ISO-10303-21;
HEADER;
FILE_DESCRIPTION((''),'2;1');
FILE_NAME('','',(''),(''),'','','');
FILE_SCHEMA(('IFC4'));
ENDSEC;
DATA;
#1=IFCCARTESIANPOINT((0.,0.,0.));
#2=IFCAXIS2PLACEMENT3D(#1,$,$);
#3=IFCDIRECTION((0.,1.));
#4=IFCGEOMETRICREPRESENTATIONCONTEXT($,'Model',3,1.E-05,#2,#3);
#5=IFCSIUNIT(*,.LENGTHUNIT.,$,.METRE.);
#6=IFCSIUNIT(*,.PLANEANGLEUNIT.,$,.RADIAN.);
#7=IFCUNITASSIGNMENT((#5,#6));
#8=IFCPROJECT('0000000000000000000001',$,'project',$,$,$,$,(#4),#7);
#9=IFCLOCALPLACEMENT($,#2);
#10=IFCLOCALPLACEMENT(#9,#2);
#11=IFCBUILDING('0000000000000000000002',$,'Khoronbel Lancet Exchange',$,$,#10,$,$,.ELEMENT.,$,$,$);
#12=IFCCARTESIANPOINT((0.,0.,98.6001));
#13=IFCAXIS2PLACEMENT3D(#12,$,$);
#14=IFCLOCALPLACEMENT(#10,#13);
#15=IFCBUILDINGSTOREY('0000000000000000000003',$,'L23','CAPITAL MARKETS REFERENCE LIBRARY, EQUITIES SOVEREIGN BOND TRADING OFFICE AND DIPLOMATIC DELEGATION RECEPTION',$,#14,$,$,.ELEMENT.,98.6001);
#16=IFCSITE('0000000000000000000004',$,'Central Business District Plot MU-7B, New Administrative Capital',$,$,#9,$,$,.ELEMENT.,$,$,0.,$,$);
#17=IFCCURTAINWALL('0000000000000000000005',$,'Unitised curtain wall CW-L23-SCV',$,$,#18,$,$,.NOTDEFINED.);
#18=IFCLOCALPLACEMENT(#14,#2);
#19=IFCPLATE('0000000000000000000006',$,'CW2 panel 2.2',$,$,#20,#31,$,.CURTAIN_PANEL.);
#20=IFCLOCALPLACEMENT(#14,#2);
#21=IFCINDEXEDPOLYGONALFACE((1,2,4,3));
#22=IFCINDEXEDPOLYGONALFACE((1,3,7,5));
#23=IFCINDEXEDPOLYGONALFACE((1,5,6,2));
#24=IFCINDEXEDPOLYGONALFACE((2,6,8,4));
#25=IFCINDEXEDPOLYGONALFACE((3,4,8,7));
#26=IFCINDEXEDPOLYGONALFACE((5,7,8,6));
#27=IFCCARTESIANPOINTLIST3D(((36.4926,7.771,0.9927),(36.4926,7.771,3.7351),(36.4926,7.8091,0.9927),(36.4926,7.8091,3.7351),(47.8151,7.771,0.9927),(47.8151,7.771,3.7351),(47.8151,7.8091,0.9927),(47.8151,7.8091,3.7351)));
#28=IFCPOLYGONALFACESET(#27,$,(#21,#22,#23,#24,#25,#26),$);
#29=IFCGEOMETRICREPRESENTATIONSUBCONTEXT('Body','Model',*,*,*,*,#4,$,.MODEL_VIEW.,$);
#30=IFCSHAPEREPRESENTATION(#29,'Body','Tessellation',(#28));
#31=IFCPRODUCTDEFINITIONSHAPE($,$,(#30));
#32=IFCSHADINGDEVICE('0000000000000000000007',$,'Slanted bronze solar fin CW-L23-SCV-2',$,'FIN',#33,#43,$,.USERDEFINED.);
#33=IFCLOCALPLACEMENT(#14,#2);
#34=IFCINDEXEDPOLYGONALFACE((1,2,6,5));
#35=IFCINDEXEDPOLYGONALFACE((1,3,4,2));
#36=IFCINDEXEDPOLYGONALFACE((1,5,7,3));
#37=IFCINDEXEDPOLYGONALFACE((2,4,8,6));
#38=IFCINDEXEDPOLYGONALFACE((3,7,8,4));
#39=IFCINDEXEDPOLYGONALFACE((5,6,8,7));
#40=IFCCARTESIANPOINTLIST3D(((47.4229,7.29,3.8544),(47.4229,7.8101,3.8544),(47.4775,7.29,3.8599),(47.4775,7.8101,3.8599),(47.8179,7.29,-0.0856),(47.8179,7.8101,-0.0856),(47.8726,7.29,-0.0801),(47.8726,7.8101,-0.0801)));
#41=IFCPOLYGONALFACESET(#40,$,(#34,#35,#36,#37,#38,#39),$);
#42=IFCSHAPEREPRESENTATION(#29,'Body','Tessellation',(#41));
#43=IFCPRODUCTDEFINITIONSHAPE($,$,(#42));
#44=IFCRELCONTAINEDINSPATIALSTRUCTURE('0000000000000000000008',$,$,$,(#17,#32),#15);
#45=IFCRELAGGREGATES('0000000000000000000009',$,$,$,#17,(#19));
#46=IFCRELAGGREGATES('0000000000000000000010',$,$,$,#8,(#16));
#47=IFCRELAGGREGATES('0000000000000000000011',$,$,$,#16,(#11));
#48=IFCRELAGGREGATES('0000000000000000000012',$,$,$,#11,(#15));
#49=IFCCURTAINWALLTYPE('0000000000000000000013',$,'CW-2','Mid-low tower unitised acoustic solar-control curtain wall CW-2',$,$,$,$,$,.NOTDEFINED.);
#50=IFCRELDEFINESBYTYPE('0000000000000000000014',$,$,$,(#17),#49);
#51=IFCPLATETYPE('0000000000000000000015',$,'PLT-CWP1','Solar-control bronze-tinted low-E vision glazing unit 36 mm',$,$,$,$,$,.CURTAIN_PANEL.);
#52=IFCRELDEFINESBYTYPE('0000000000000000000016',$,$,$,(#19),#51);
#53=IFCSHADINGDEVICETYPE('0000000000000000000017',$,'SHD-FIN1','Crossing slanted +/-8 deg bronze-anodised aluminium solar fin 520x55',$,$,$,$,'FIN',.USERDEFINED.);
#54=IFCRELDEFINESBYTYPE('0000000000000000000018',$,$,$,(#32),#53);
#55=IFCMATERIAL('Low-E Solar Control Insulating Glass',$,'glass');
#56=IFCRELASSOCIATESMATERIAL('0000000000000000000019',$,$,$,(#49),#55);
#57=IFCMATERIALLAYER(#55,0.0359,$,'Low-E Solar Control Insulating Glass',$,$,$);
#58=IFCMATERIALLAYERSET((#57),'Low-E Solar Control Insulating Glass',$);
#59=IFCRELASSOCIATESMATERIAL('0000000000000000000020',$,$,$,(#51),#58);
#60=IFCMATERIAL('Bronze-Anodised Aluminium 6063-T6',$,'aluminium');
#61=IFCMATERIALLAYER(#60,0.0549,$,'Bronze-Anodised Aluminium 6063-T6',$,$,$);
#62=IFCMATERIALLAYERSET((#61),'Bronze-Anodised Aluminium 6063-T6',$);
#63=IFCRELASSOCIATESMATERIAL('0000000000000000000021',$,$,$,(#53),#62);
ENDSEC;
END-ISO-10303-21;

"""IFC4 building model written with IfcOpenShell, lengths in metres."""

from ifc_helpers import new_model, si_unit, direction, frame, origin, origin_2d, place, context, subcontext, project, spatial, polyline, rectangle, outline, extrude, material, layer, layer_set, type_object, element, aggregate, save


model = new_model("IFC4")

# Units and contexts
model_context = context("Model", 3, precision=1e-05, world=origin(), true_north=direction((0.0, 1.0)))
body_context = subcontext(model_context, "Body", "Model", "MODEL_VIEW")
ifc_project = project(units=[si_unit("LENGTHUNIT", "METRE"), si_unit("PLANEANGLEUNIT", "RADIAN")], contexts=[model_context])

# Site, building, storey
site_placement = place(None, origin())
site = spatial("IfcSite", under=ifc_project, at=site_placement, Name="Central Business District Plot MU-7B, New Administrative Capital", CompositionType="ELEMENT", RefElevation=0.0)
building_placement = place(site_placement, origin())
building = spatial("IfcBuilding", under=site, at=building_placement, Name="Khoronbel Lancet Exchange", CompositionType="ELEMENT")
storey_placement = place(building_placement, frame((0.0, 0.0, 98.6001)))
storey = spatial("IfcBuildingStorey", under=building, at=storey_placement, Name="L23", Description="CAPITAL MARKETS REFERENCE LIBRARY, EQUITIES SOVEREIGN BOND TRADING OFFICE AND DIPLOMATIC DELEGATION RECEPTION", CompositionType="ELEMENT", Elevation=98.6001)

# Curtain wall
ifc_material_1 = material(Name="Low-E Solar Control Insulating Glass", Category="glass")
curtain_wall_type = type_object("IfcCurtainWallType", Name="CW-2", Description="Mid-low tower unitised acoustic solar-control curtain wall CW-2", PredefinedType="NOTDEFINED", material=ifc_material_1)
curtain_wall_1_placement = place(storey_placement, origin())
curtain_wall_1 = element("IfcCurtainWall", 1, at=curtain_wall_1_placement, inside=storey, type_object=curtain_wall_type, Name="Unitised curtain wall CW-L23-SCV", PredefinedType="NOTDEFINED")
ifc_material_2 = material(Name="Bronze-Anodised Aluminium 6063-T6", Category="aluminium")

# Plate
ifc_layer_1 = layer(ifc_material_1, 0.0359, Name="Low-E Solar Control Insulating Glass")
ifc_layer_set_1 = layer_set([ifc_layer_1], Name="Low-E Solar Control Insulating Glass")
plate_type_1 = type_object("IfcPlateType", Name="PLT-CWP1", Description="Solar-control bronze-tinted low-E vision glazing unit 36 mm", PredefinedType="CURTAIN_PANEL", material=ifc_layer_set_1)
plate_1_placement = place(storey_placement, frame((42.1538, 7.79, 0.9927), z_axis=(0.0, 0.0, 1.0), x_axis=(1.0, 0.0, 0.0)))
plate_1 = element("IfcPlate", 2, at=plate_1_placement, type_object=plate_type_1, Name="CW2 panel 2.2", PredefinedType="CURTAIN_PANEL", context=body_context, shape_type="SweptSolid", body=[
    extrude(rectangle(XDim=11.3225, YDim=0.0381, at=origin_2d()), origin(), (0.0, 0.0, 1.0), 2.7424),
])
aggregate(curtain_wall_1, [plate_1])

# Shading device
ifc_layer_2 = layer(ifc_material_2, 0.0549, Name="Bronze-Anodised Aluminium 6063-T6")
ifc_layer_set_2 = layer_set([ifc_layer_2], Name="Bronze-Anodised Aluminium 6063-T6")
shading_device_type = type_object("IfcShadingDeviceType", Name="SHD-FIN1", Description="Crossing slanted +/-8 deg bronze-anodised aluminium solar fin 520x55", ElementType="FIN", PredefinedType="USERDEFINED", material=ifc_layer_set_2)
shading_device_placement = place(storey_placement, frame((47.8726, 7.8101, -0.0801), z_axis=(0.995012, 0.0, 0.09976), x_axis=(0.0, -1.0, 0.0)))
element("IfcShadingDevice", 3, at=shading_device_placement, inside=storey, type_object=shading_device_type, Name="Slanted bronze solar fin CW-L23-SCV-2", ObjectType="FIN", PredefinedType="USERDEFINED", context=body_context, shape_type="SweptSolid", body=[
    extrude(outline(polyline([(0.0, 0.0), (0.52, 0.0), (0.52, -3.9597), (0.0, -3.9597), (0.0, 0.0)])), origin(), (0.0, 0.0, -1.0), 0.0549),
])

save(model, "model.ifc")
